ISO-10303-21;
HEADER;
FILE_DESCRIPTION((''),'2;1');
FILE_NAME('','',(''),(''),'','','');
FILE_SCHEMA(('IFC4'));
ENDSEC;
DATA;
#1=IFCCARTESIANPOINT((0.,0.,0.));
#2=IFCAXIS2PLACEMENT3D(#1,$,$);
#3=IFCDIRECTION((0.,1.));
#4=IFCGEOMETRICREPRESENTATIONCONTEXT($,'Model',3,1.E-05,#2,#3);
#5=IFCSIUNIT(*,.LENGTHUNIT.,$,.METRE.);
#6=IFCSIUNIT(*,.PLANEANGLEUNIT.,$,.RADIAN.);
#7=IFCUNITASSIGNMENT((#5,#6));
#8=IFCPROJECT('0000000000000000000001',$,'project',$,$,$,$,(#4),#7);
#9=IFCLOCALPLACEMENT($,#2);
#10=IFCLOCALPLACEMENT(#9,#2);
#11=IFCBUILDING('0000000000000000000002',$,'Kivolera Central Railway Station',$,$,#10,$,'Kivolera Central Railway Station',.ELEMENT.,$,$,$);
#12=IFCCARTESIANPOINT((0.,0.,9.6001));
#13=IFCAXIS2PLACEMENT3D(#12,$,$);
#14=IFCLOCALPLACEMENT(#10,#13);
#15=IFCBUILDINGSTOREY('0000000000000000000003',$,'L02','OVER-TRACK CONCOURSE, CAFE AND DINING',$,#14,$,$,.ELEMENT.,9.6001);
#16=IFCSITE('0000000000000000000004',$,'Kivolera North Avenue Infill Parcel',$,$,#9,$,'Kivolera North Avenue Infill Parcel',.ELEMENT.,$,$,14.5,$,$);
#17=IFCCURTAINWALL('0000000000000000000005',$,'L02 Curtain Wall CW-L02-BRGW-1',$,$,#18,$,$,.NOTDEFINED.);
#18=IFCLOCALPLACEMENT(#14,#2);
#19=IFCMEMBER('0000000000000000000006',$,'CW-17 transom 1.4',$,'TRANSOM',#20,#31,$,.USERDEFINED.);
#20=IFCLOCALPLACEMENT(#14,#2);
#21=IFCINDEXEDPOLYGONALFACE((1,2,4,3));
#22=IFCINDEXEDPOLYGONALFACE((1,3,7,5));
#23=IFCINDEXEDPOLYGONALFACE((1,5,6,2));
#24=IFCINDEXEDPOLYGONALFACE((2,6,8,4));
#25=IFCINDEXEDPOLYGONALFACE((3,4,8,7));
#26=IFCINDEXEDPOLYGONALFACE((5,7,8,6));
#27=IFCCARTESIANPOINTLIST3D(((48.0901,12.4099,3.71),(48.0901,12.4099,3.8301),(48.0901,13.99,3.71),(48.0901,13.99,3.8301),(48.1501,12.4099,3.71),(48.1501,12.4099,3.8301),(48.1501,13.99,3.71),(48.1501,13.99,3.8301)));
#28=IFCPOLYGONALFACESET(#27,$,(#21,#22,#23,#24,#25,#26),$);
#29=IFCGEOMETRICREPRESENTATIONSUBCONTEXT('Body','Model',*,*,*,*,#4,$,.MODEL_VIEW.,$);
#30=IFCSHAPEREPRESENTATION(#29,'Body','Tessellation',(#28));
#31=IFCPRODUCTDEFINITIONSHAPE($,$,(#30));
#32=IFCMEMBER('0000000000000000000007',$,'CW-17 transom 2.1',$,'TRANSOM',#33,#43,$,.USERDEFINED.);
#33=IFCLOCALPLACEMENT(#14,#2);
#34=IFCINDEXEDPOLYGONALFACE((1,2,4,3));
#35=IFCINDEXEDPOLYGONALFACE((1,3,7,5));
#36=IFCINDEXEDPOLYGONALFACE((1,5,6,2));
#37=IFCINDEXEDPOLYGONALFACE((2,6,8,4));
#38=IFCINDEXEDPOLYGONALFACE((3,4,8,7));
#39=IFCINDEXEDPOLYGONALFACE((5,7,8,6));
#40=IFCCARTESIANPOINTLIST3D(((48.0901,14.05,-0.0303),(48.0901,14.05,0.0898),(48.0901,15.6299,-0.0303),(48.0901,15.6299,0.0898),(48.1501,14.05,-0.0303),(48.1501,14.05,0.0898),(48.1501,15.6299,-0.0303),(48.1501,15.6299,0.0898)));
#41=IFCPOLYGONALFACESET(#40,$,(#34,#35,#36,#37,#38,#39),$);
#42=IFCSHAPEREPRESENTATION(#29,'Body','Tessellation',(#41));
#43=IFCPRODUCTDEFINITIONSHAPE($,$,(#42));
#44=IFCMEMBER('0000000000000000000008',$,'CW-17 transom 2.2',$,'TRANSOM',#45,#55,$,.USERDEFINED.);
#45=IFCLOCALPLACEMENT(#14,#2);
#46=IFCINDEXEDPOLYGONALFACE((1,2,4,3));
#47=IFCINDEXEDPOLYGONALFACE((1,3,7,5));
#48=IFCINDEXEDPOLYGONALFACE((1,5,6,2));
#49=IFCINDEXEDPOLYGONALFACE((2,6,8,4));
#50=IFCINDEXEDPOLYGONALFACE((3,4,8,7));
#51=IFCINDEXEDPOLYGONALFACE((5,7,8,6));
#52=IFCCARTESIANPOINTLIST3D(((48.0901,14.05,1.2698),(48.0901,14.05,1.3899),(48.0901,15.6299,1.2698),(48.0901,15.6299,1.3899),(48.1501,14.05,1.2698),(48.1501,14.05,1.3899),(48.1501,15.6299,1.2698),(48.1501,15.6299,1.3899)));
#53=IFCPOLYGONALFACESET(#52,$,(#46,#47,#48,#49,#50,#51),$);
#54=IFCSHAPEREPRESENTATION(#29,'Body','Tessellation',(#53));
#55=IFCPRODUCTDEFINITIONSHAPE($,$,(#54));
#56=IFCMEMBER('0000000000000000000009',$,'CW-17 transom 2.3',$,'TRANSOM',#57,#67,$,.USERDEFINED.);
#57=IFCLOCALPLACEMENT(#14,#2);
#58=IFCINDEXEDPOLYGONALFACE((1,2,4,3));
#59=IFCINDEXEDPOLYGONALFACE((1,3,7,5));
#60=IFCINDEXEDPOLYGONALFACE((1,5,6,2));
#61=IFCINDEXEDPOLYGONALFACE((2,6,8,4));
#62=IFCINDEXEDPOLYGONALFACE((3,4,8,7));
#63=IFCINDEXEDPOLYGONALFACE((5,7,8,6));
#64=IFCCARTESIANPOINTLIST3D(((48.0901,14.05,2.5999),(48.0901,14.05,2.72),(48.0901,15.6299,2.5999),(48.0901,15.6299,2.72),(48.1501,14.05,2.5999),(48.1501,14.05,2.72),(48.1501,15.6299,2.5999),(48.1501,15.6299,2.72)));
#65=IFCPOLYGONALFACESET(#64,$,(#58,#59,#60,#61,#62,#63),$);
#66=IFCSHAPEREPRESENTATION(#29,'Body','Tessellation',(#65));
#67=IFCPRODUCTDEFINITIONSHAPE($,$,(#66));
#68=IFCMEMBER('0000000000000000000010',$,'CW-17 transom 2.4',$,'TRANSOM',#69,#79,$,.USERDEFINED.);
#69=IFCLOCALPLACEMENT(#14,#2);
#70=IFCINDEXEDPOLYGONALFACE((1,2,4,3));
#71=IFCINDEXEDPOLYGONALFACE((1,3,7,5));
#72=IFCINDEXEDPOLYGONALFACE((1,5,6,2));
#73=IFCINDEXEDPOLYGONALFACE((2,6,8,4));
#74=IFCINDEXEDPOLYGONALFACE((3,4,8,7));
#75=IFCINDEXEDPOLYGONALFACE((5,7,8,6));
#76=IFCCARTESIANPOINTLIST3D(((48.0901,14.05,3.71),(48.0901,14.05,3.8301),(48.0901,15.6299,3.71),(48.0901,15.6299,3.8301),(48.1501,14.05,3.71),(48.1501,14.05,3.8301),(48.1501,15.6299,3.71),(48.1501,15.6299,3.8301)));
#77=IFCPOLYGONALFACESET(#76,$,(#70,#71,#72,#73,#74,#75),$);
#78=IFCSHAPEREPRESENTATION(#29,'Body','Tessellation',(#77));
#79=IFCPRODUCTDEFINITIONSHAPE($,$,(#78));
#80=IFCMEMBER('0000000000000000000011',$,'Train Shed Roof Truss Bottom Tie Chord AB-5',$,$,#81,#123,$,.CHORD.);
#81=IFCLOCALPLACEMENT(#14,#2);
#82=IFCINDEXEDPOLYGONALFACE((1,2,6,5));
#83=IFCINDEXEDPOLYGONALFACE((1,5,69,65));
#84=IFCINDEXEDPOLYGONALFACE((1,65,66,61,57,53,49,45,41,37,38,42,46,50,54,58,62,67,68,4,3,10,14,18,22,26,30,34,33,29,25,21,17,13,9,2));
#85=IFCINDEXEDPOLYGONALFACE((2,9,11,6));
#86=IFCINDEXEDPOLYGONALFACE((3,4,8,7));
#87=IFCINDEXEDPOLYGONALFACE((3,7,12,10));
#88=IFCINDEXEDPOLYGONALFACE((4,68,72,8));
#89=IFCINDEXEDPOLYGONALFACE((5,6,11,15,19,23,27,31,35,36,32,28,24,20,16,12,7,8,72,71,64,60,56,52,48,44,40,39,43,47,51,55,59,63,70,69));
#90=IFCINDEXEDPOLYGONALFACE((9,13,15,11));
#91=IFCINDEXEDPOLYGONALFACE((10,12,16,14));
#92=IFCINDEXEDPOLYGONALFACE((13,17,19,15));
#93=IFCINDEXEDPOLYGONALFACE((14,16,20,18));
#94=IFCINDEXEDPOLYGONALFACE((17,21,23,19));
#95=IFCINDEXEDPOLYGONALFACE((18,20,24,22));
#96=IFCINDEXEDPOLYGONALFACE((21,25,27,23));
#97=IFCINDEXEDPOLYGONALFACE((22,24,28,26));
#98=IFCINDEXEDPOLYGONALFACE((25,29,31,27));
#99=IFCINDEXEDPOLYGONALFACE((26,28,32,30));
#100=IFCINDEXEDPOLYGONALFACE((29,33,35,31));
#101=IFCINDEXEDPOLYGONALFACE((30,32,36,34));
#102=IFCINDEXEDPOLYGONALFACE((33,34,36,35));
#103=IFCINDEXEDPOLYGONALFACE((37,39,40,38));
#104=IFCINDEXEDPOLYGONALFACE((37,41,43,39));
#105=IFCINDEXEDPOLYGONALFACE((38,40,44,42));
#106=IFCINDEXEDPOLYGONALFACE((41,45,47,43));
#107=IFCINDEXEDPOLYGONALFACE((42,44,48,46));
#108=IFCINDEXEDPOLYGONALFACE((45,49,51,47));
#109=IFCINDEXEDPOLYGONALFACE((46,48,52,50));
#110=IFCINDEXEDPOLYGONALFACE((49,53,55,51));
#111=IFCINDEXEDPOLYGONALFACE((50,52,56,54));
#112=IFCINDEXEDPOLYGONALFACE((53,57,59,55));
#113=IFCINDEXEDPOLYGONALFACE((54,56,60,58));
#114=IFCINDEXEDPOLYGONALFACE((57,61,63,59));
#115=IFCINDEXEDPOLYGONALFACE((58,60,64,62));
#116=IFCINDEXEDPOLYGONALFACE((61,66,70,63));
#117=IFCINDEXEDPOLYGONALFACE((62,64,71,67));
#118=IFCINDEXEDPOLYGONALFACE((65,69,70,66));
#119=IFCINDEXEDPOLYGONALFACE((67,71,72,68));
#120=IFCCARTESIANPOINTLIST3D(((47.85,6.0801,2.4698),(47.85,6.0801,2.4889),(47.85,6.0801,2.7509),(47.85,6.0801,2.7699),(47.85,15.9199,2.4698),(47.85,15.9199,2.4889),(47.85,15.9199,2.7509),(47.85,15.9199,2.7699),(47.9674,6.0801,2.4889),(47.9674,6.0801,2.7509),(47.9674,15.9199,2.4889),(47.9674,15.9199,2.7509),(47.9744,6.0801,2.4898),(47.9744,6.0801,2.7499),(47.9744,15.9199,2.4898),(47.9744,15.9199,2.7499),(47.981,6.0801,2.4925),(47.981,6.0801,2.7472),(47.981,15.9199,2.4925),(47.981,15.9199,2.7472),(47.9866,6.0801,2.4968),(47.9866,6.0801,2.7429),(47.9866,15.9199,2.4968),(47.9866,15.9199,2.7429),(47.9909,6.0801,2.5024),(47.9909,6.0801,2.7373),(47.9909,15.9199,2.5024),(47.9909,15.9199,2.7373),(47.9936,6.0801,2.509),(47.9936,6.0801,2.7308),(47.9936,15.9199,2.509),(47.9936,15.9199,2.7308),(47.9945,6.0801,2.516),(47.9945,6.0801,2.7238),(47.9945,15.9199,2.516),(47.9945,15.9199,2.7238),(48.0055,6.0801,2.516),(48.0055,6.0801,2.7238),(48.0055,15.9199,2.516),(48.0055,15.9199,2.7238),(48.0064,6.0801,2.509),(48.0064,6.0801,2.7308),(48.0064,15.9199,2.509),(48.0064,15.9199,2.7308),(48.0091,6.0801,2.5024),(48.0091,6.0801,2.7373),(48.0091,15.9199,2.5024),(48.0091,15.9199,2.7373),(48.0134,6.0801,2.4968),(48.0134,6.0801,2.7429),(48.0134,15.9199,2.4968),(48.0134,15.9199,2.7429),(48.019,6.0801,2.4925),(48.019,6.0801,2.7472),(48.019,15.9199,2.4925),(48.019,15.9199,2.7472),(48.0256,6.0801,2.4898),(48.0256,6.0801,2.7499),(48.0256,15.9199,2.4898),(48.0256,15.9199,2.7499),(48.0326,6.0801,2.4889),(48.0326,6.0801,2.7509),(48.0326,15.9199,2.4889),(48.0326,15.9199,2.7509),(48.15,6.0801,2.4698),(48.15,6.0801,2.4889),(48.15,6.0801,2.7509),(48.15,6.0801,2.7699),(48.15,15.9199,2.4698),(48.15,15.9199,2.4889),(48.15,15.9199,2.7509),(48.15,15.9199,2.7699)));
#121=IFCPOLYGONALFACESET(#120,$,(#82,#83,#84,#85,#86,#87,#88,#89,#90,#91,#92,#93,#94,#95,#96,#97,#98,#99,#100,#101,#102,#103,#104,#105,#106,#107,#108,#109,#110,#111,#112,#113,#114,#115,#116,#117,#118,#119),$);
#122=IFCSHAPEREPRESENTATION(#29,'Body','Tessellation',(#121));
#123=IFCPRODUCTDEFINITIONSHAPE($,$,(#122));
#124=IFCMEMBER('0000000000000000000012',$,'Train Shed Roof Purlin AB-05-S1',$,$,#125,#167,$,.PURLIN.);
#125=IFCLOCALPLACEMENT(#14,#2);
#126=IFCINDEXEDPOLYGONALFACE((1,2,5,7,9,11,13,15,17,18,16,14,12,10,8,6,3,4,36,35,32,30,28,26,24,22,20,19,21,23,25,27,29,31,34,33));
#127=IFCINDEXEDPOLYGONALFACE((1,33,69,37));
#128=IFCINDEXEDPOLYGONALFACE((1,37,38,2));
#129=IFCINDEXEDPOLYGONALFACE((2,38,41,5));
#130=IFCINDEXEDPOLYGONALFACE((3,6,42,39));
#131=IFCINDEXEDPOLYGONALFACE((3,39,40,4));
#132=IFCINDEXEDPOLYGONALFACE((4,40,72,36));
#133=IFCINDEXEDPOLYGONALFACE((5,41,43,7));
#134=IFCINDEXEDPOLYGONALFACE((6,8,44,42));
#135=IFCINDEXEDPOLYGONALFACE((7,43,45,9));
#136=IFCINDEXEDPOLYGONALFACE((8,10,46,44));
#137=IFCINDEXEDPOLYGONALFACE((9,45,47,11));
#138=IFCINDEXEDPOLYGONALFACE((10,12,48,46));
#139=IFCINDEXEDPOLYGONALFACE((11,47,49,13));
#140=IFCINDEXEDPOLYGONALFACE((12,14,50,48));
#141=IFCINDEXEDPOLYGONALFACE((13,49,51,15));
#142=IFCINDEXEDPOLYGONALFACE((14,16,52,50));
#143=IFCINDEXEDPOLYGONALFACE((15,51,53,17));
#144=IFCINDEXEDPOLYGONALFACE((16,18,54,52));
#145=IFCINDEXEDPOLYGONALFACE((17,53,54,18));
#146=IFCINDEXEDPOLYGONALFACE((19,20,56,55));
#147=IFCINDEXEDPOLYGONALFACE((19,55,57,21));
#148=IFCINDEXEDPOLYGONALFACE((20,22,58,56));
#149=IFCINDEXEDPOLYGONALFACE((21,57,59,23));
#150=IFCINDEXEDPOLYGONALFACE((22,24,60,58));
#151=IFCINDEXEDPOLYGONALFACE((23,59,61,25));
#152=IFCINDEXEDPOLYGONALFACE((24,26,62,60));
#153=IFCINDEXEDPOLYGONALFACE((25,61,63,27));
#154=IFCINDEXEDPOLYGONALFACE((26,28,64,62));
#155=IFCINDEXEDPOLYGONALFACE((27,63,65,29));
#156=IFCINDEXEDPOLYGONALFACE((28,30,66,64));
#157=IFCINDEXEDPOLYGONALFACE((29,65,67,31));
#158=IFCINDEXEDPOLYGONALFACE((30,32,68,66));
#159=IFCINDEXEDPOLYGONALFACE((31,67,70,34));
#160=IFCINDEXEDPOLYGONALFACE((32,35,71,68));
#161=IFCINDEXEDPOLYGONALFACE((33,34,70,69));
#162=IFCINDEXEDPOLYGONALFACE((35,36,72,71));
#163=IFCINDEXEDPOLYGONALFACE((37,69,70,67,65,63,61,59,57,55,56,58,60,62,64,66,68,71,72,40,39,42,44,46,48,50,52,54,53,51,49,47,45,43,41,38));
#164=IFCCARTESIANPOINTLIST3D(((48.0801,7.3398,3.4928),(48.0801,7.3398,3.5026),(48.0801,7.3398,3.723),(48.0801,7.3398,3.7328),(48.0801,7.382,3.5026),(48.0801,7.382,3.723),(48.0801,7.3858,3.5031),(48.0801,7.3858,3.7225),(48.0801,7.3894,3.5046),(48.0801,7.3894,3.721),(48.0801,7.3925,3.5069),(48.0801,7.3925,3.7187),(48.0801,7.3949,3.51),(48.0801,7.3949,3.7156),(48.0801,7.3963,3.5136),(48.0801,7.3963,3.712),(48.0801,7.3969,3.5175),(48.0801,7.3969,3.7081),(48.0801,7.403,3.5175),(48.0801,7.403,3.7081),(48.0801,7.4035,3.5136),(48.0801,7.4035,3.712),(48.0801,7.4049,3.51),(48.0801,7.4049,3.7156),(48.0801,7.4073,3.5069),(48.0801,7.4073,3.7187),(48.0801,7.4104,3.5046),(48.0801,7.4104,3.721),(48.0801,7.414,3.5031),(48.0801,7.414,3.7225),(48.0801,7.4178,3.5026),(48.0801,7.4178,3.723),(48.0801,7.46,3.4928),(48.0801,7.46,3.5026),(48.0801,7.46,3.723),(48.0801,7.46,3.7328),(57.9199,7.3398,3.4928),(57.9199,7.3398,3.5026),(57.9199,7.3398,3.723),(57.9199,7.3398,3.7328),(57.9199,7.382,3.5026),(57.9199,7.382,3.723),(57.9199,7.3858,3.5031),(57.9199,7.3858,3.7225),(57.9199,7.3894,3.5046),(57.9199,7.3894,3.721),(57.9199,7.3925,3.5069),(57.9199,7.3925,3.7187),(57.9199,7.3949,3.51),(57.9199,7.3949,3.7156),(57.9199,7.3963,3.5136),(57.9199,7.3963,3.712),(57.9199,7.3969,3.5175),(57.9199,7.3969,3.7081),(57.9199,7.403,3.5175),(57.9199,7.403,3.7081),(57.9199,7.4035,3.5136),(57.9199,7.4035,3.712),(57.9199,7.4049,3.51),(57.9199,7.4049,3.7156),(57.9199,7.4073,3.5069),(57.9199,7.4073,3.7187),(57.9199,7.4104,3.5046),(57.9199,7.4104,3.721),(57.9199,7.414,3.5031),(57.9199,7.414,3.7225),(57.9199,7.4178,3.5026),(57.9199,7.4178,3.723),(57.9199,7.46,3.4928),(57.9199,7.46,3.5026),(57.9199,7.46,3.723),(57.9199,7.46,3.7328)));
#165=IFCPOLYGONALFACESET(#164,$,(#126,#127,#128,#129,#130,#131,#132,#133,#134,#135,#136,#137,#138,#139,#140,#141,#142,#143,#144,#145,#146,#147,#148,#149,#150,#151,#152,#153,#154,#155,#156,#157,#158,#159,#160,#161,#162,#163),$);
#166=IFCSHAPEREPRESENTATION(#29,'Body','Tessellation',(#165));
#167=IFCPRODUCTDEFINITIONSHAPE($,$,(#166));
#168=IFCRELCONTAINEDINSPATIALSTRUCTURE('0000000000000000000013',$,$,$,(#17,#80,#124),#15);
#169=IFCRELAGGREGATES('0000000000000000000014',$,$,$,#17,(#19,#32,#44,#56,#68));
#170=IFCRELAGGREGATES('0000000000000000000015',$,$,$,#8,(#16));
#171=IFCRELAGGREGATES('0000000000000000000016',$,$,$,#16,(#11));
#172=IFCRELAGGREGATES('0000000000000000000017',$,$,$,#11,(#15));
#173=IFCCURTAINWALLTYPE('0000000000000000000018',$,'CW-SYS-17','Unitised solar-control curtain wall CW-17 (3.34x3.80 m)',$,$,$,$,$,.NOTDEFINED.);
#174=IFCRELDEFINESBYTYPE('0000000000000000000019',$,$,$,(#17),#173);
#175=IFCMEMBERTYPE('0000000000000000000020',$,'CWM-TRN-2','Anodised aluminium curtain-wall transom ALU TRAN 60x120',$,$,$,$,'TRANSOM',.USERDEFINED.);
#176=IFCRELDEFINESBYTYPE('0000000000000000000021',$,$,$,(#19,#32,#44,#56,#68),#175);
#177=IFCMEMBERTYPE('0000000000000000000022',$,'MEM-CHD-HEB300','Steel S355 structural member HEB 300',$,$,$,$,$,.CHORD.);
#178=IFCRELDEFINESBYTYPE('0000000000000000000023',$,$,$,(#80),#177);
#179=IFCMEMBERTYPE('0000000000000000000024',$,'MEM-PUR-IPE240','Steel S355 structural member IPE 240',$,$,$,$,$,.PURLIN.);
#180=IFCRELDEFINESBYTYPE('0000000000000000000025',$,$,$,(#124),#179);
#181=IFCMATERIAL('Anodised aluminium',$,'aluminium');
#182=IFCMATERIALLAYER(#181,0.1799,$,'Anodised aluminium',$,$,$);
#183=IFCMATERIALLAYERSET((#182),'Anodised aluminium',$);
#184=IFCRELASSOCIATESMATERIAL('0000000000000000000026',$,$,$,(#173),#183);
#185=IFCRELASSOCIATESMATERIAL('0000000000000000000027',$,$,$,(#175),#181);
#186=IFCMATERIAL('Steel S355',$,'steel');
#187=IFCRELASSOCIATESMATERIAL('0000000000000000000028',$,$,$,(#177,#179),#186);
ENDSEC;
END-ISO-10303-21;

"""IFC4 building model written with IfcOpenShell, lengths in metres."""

from ifc_helpers import new_model, si_unit, direction, frame, origin, origin_2d, place, context, subcontext, project, spatial, rectangle, i_section, extrude, material, layer, layer_set, material_profile, profile_set, type_object, element, aggregate, save


model = new_model("IFC4")

# Units and contexts
model_context = context("Model", 3, precision=1e-05, world=origin(), true_north=direction((0.0, 1.0)))
body_context = subcontext(model_context, "Body", "Model", "MODEL_VIEW")
ifc_project = project(units=[si_unit("LENGTHUNIT", "METRE"), si_unit("PLANEANGLEUNIT", "RADIAN")], contexts=[model_context])

# Site, building, storey
site_placement = place(None, origin())
site = spatial("IfcSite", under=ifc_project, at=site_placement, Name="Kivolera North Avenue Infill Parcel", LongName="Kivolera North Avenue Infill Parcel", CompositionType="ELEMENT", RefElevation=14.5)
building_placement = place(site_placement, origin())
building = spatial("IfcBuilding", under=site, at=building_placement, Name="Kivolera Central Railway Station", LongName="Kivolera Central Railway Station", CompositionType="ELEMENT")
storey_placement = place(building_placement, frame((0.0, 0.0, 9.6001)))
storey = spatial("IfcBuildingStorey", under=building, at=storey_placement, Name="L02", Description="OVER-TRACK CONCOURSE, CAFE AND DINING", CompositionType="ELEMENT", Elevation=9.6001)

# Shared definitions
ifc_material_1 = material(Name="Steel S355", Category="steel")

# Curtain wall, members
ifc_material_2 = material(Name="Anodised aluminium", Category="aluminium")
ifc_layer_1 = layer(ifc_material_2, 0.1799, Name="Anodised aluminium")
ifc_layer_set_1 = layer_set([ifc_layer_1], Name="Anodised aluminium")
curtain_wall_type = type_object("IfcCurtainWallType", Name="CW-SYS-17", Description="Unitised solar-control curtain wall CW-17 (3.34x3.80 m)", PredefinedType="NOTDEFINED", material=ifc_layer_set_1)
curtain_wall_placement = place(storey_placement, origin())
curtain_wall = element("IfcCurtainWall", 1, at=curtain_wall_placement, inside=storey, type_object=curtain_wall_type, Name="L02 Curtain Wall CW-L02-BRGW-1", PredefinedType="NOTDEFINED")
ifc_material_profile_1 = material_profile(ifc_material_2, rectangle(XDim=0.0601, YDim=0.1201, at=origin_2d()), Name="ALU TRAN 60x120")
ifc_profile_set_1 = profile_set([ifc_material_profile_1], Name="Anodised aluminium")
member_type_1 = type_object("IfcMemberType", Name="CWM-TRN-2", Description="Anodised aluminium curtain-wall transom ALU TRAN 60x120", ElementType="TRANSOM", PredefinedType="USERDEFINED", material=ifc_profile_set_1)
member_1_placement = place(storey_placement, frame((48.1201, 12.4099, 3.77), z_axis=(0.0, 1.0, 0.0), x_axis=(-1.0, 0.0, 0.0)))
member_1 = element("IfcMember", 2, at=member_1_placement, type_object=member_type_1, Name="CW-17 transom 1.4", ObjectType="TRANSOM", PredefinedType="USERDEFINED", context=body_context, shape_type="SweptSolid", body=[
    extrude(rectangle(XDim=0.0601, YDim=0.1201, at=origin_2d()), origin(), (0.0, 0.0, 1.0), 1.5801),
])
member_2_placement = place(storey_placement, frame((48.1201, 14.05, 0.0298), z_axis=(0.0, 1.0, 0.0), x_axis=(-1.0, 0.0, 0.0)))
member_2 = element("IfcMember", 3, at=member_2_placement, type_object=member_type_1, Name="CW-17 transom 2.1", ObjectType="TRANSOM", PredefinedType="USERDEFINED", context=body_context, shape_type="SweptSolid", body=[
    extrude(rectangle(XDim=0.0601, YDim=0.1201, at=origin_2d()), origin(), (0.0, 0.0, 1.0), 1.5798),
])
member_3_placement = place(storey_placement, frame((48.1201, 14.05, 1.3298), z_axis=(0.0, 1.0, 0.0), x_axis=(-1.0, 0.0, 0.0)))
member_3 = element("IfcMember", 4, at=member_3_placement, type_object=member_type_1, Name="CW-17 transom 2.2", ObjectType="TRANSOM", PredefinedType="USERDEFINED", context=body_context, shape_type="SweptSolid", body=[
    extrude(rectangle(XDim=0.0601, YDim=0.1201, at=origin_2d()), origin(), (0.0, 0.0, 1.0), 1.5798),
])
member_4_placement = place(storey_placement, frame((48.1201, 14.05, 2.6599), z_axis=(0.0, 1.0, 0.0), x_axis=(-1.0, 0.0, 0.0)))
member_4 = element("IfcMember", 5, at=member_4_placement, type_object=member_type_1, Name="CW-17 transom 2.3", ObjectType="TRANSOM", PredefinedType="USERDEFINED", context=body_context, shape_type="SweptSolid", body=[
    extrude(rectangle(XDim=0.0601, YDim=0.1201, at=origin_2d()), origin(), (0.0, 0.0, 1.0), 1.5798),
])
member_5_placement = place(storey_placement, frame((48.1201, 14.05, 3.77), z_axis=(0.0, 1.0, 0.0), x_axis=(-1.0, 0.0, 0.0)))
member_5 = element("IfcMember", 6, at=member_5_placement, type_object=member_type_1, Name="CW-17 transom 2.4", ObjectType="TRANSOM", PredefinedType="USERDEFINED", context=body_context, shape_type="SweptSolid", body=[
    extrude(rectangle(XDim=0.0601, YDim=0.1201, at=origin_2d()), origin(), (0.0, 0.0, 1.0), 1.5798),
])

# Members
ifc_material_profile_2 = material_profile(ifc_material_1, i_section(OverallWidth=0.3, OverallDepth=0.3, WebThickness=0.011, FlangeThickness=0.019, FilletRadius=0.0271, at=origin_2d()), Name="HEB 300")
ifc_profile_set_2 = profile_set([ifc_material_profile_2], Name="Steel S355")
member_type_2 = type_object("IfcMemberType", Name="MEM-CHD-HEB300", Description="Steel S355 structural member HEB 300", PredefinedType="CHORD", material=ifc_profile_set_2)
member_6_placement = place(storey_placement, frame((48.0, 6.0801, 2.6199), z_axis=(0.0, 1.0, 0.0), x_axis=(-1.0, 0.0, 0.0)))
element("IfcMember", 7, at=member_6_placement, inside=storey, type_object=member_type_2, Name="Train Shed Roof Truss Bottom Tie Chord AB-5", PredefinedType="CHORD", context=body_context, shape_type="SweptSolid", body=[
    extrude(i_section(OverallWidth=0.3, OverallDepth=0.3, WebThickness=0.011, FlangeThickness=0.019, FilletRadius=0.0271, at=origin_2d()), origin(), (0.0, 0.0, 1.0), 9.8398),
])
ifc_material_profile_3 = material_profile(ifc_material_1, i_section(OverallWidth=0.1201, OverallDepth=0.24, WebThickness=0.0061, FlangeThickness=0.0098, FilletRadius=0.0149, at=origin_2d()), Name="IPE 240")
ifc_profile_set_3 = profile_set([ifc_material_profile_3], Name="Steel S355")
member_type_3 = type_object("IfcMemberType", Name="MEM-PUR-IPE240", Description="Steel S355 structural member IPE 240", PredefinedType="PURLIN", material=ifc_profile_set_3)
for number, where, z_axis, x_axis, name in (
    (8, (48.0801, 7.3999, 3.6128), (1.0, 0.0, 0.0), (0.0, 1.0, 0.0), "Train Shed Roof Purlin AB-05-S1"),
):
    element("IfcMember", number, at=place(storey_placement, frame(where, z_axis=z_axis, x_axis=x_axis)), inside=storey, type_object=member_type_3, Name=name, PredefinedType="PURLIN", context=body_context, shape_type="SweptSolid", body=[
        extrude(i_section(OverallWidth=0.1201, OverallDepth=0.24, WebThickness=0.0061, FlangeThickness=0.0098, FilletRadius=0.0149, at=origin_2d()), origin(), (0.0, 0.0, 1.0), 9.8398),
    ])

aggregate(curtain_wall, [member_1, member_2, member_3, member_4, member_5])

save(model, "model.ifc")
